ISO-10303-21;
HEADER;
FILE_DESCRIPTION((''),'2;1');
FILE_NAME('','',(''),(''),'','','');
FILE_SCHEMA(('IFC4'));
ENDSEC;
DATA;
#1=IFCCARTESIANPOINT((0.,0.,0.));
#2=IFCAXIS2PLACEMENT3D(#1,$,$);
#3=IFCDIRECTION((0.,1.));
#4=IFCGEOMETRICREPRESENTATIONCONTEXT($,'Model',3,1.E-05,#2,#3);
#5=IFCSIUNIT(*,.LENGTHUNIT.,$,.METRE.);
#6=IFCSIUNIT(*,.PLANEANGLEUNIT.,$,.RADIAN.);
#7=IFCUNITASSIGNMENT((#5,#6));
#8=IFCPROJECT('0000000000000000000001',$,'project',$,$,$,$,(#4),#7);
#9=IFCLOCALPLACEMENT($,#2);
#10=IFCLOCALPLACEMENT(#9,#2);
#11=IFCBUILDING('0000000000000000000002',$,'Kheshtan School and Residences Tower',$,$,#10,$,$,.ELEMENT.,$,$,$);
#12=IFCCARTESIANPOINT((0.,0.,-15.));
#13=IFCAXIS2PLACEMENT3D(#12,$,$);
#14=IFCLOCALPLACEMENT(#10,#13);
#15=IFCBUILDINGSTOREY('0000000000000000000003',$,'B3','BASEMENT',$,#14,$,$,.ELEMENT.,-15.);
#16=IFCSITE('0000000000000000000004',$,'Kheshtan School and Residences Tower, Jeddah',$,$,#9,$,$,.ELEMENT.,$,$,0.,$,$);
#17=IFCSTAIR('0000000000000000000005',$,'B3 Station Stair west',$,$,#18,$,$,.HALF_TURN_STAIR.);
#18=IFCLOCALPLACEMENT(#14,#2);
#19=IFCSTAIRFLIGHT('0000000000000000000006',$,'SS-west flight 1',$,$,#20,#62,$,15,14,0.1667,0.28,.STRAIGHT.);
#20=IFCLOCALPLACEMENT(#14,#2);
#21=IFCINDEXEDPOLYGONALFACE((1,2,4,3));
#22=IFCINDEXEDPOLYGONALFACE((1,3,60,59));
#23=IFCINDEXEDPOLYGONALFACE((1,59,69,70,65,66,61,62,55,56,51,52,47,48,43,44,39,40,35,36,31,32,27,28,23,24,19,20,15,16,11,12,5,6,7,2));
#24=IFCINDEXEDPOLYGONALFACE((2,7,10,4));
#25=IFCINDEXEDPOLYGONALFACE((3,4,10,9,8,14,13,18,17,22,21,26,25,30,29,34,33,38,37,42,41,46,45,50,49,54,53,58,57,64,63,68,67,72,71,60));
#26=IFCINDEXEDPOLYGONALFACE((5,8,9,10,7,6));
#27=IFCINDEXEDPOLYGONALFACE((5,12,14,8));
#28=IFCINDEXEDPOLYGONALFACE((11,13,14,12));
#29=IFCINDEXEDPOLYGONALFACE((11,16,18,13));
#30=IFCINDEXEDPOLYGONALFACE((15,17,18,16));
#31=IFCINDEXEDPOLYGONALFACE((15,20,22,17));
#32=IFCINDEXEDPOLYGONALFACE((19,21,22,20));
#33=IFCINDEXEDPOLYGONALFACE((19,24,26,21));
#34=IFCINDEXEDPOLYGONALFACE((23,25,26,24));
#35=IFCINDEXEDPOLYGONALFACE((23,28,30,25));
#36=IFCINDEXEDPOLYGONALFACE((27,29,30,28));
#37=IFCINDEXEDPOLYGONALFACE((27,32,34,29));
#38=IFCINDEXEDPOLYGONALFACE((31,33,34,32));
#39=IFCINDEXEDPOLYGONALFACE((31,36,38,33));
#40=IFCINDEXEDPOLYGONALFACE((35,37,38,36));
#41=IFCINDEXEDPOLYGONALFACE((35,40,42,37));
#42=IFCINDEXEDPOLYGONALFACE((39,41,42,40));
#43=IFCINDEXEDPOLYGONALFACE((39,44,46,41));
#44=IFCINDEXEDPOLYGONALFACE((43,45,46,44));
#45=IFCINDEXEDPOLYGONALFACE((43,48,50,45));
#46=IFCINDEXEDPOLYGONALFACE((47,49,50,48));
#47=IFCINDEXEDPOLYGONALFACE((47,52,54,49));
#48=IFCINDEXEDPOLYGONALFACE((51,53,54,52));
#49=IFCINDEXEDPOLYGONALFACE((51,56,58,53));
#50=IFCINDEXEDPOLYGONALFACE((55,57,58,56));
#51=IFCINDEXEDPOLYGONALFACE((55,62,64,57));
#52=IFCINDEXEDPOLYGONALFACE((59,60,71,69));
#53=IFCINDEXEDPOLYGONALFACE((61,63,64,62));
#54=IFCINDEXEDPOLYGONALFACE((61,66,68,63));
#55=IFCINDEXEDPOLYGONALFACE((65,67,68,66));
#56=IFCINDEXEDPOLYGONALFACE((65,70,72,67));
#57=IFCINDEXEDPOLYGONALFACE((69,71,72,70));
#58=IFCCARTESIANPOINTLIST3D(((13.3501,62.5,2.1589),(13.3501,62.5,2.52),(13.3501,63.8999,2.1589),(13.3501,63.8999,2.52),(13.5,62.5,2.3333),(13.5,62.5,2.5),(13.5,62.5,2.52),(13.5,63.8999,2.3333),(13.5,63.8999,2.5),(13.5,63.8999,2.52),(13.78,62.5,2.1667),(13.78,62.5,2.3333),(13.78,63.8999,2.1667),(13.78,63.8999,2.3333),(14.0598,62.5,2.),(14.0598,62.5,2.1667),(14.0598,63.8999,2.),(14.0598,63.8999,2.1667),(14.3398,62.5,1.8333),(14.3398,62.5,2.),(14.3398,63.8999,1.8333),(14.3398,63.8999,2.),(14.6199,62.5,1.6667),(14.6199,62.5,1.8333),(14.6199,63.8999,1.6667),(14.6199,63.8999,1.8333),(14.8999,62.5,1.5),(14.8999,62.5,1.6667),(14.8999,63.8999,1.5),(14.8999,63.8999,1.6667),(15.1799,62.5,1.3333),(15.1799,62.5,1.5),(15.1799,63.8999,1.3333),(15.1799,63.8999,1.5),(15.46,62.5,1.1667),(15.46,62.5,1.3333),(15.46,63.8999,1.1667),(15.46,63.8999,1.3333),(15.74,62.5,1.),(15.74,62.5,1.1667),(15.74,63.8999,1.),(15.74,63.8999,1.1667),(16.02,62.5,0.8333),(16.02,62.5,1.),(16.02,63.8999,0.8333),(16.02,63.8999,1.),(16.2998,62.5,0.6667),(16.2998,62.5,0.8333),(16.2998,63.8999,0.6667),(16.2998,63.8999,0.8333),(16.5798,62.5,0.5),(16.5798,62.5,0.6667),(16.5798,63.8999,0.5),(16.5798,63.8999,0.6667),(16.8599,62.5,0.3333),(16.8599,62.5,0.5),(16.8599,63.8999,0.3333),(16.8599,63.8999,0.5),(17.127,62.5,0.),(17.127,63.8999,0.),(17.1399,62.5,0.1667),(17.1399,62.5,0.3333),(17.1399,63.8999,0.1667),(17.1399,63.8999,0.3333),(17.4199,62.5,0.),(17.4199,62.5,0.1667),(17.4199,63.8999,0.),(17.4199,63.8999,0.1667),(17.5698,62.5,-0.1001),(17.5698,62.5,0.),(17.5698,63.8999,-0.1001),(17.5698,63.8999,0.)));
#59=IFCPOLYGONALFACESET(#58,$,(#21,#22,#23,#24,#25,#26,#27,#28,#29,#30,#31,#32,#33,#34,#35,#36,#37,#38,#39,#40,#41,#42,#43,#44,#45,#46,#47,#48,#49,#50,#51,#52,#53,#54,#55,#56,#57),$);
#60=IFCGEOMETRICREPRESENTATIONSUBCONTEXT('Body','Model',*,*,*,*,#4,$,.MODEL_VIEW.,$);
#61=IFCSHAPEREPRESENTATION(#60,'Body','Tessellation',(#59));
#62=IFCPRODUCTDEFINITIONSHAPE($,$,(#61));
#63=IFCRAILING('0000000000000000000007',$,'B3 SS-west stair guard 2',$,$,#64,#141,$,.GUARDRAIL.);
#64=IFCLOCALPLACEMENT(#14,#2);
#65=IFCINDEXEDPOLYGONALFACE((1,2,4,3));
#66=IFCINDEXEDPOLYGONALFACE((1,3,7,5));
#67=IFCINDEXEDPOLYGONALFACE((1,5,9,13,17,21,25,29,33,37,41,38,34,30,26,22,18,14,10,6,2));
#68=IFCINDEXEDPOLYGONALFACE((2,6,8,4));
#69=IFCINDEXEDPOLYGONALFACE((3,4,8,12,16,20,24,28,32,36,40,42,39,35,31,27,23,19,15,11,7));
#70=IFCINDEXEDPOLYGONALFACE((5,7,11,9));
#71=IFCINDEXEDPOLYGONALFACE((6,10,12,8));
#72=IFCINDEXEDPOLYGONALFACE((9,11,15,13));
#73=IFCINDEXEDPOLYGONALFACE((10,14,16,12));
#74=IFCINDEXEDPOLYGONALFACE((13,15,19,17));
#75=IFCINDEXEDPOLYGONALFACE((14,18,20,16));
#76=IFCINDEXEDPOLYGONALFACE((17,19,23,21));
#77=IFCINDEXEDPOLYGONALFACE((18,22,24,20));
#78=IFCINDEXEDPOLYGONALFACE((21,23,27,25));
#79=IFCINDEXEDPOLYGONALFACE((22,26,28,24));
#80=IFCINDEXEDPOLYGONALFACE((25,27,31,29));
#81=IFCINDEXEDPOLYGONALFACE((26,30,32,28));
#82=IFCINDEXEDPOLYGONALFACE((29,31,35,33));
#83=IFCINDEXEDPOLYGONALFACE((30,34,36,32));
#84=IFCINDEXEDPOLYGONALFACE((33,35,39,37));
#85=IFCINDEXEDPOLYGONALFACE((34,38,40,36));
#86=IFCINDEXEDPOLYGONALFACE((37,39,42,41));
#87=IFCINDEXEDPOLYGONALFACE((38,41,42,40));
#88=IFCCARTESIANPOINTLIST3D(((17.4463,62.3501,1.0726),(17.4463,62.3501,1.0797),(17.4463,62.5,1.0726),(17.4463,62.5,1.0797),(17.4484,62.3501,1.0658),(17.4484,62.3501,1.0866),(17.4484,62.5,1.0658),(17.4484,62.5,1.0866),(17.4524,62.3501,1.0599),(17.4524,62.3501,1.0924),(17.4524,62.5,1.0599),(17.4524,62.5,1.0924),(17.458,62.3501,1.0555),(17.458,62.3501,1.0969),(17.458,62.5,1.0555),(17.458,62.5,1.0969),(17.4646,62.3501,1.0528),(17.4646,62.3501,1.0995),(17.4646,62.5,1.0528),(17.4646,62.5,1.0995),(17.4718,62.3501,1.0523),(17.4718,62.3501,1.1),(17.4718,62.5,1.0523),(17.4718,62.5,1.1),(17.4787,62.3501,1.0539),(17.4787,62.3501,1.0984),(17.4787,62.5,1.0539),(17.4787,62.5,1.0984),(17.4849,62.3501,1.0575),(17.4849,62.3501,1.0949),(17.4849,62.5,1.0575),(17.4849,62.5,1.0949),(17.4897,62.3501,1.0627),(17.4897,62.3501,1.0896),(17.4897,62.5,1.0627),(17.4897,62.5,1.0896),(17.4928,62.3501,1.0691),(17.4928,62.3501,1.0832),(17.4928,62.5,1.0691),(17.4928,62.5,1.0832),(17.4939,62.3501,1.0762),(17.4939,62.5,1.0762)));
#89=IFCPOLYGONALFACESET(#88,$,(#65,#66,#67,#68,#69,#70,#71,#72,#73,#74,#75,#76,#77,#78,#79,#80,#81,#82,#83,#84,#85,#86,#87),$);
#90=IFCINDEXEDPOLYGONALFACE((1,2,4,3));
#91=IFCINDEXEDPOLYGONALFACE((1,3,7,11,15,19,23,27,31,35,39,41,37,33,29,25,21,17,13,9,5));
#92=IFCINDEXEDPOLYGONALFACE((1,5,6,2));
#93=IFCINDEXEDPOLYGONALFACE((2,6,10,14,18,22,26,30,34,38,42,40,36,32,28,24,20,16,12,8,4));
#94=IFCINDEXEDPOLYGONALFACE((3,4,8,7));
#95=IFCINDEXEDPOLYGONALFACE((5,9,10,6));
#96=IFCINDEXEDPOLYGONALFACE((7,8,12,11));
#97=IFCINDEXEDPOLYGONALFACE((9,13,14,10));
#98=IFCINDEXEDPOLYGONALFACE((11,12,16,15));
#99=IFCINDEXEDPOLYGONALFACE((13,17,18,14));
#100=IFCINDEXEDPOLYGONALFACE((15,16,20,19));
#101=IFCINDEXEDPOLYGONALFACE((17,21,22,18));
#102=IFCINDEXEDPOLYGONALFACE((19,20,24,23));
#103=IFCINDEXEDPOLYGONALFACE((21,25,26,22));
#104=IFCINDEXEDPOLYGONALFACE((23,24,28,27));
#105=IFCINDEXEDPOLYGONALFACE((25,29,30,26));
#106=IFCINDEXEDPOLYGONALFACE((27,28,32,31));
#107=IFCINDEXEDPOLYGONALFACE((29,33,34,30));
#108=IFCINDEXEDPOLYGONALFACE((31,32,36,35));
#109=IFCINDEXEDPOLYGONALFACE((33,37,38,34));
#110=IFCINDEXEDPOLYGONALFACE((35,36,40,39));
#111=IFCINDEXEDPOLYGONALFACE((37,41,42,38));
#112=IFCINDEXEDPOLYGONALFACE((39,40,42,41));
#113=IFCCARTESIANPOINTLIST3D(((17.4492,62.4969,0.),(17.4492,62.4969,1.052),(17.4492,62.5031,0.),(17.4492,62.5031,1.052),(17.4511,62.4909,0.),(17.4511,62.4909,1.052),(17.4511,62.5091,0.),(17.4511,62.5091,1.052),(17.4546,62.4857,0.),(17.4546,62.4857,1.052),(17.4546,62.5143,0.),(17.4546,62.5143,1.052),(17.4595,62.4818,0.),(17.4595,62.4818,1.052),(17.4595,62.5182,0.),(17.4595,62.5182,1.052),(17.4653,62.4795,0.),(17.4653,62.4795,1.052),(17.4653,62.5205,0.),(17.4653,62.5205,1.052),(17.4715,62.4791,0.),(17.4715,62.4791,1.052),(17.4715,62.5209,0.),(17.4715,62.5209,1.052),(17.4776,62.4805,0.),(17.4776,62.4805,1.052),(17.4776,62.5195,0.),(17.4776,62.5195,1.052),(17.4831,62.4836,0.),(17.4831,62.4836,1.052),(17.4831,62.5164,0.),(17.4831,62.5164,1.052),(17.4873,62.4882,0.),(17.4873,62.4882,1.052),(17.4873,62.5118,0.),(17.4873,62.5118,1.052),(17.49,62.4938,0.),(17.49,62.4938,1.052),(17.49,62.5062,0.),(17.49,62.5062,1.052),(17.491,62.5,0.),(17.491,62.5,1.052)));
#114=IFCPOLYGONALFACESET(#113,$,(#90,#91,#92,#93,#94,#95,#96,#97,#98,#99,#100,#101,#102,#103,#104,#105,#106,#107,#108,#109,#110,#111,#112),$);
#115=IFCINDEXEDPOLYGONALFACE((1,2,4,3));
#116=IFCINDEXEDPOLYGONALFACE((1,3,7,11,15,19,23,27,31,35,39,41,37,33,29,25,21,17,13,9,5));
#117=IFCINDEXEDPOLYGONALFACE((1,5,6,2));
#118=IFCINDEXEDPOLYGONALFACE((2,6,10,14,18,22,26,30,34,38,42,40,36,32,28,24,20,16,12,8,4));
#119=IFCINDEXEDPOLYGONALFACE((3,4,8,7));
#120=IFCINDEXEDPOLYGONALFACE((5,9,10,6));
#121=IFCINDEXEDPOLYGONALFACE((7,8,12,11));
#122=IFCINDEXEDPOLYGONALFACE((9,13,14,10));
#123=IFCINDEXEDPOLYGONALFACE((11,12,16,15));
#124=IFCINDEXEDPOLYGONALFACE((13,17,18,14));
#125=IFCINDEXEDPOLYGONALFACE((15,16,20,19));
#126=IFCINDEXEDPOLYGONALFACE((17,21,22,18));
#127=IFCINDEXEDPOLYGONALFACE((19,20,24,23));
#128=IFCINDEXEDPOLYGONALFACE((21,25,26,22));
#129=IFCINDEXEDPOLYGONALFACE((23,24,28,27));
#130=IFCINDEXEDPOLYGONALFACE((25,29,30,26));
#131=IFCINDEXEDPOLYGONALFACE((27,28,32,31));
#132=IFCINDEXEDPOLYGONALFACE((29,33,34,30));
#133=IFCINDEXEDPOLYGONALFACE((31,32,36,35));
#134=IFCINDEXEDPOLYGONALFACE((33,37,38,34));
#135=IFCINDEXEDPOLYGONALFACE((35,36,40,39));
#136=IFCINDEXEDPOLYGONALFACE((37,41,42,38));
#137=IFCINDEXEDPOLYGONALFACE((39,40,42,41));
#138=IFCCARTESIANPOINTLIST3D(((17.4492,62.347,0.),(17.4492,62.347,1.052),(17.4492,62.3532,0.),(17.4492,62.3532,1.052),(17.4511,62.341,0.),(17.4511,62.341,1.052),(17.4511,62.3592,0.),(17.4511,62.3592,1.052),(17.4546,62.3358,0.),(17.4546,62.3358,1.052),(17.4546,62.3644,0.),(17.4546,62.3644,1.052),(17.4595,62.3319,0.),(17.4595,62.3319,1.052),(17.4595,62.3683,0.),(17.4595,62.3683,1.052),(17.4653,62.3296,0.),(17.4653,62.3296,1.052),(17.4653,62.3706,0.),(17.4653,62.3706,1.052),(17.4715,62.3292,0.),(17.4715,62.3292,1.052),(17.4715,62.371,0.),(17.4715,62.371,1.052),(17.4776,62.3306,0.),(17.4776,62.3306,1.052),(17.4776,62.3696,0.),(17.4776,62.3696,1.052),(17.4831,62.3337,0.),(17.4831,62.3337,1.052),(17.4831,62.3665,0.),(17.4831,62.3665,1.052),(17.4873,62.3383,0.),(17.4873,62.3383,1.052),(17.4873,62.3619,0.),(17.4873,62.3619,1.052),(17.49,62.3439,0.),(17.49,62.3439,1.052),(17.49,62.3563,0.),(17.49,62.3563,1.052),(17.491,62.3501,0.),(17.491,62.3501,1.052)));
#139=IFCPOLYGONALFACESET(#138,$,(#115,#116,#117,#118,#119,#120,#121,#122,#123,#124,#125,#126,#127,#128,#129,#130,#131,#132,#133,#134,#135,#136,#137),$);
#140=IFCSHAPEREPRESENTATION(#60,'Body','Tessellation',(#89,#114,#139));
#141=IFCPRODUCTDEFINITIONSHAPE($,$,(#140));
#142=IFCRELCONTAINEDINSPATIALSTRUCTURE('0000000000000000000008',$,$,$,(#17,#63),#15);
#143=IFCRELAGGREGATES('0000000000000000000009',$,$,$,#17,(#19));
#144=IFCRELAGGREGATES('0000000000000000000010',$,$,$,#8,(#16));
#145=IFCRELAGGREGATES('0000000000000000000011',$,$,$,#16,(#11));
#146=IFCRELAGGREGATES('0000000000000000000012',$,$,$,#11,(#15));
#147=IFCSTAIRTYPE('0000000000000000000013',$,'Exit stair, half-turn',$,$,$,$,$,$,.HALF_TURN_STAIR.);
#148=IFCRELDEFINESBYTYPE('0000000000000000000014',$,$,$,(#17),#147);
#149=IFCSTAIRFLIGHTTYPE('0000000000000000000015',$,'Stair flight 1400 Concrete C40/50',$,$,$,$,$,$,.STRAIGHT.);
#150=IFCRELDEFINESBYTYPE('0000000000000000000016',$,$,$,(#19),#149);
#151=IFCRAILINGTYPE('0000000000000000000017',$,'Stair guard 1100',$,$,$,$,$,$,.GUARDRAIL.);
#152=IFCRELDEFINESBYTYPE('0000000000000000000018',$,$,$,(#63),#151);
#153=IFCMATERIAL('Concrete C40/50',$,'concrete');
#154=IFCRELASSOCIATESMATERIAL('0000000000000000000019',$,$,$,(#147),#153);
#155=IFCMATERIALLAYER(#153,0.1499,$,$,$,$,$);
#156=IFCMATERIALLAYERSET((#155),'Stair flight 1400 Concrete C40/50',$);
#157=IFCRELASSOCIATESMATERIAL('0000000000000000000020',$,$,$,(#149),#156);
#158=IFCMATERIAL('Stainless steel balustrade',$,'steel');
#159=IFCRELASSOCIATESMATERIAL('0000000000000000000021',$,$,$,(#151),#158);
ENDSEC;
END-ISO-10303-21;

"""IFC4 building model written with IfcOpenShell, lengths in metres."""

from ifc_helpers import new_model, si_unit, direction, frame, origin, origin_2d, place, context, subcontext, project, spatial, polyline, circle, outline, extrude, material, layer, layer_set, type_object, element, aggregate, save


model = new_model("IFC4")

# Units and contexts
model_context = context("Model", 3, precision=1e-05, world=origin(), true_north=direction((0.0, 1.0)))
body_context = subcontext(model_context, "Body", "Model", "MODEL_VIEW")
ifc_project = project(units=[si_unit("LENGTHUNIT", "METRE"), si_unit("PLANEANGLEUNIT", "RADIAN")], contexts=[model_context])

# Site, building, storey
site_placement = place(None, origin())
site = spatial("IfcSite", under=ifc_project, at=site_placement, Name="Kheshtan School and Residences Tower, Jeddah", CompositionType="ELEMENT", RefElevation=0.0)
building_placement = place(site_placement, origin())
building = spatial("IfcBuilding", under=site, at=building_placement, Name="Kheshtan School and Residences Tower", CompositionType="ELEMENT")
storey_placement = place(building_placement, frame((0.0, 0.0, -15.0)))
storey = spatial("IfcBuildingStorey", under=building, at=storey_placement, Name="B3", Description="BASEMENT", CompositionType="ELEMENT", Elevation=-15.0)

# Shared definitions
ifc_material_1 = material(Name="Concrete C40/50", Category="concrete")

# Stair, stair flight
stair_type = type_object("IfcStairType", Name="Exit stair, half-turn", PredefinedType="HALF_TURN_STAIR", material=ifc_material_1)
stair_placement = place(storey_placement, origin())
stair = element("IfcStair", 1, at=stair_placement, inside=storey, type_object=stair_type, Name="B3 Station Stair west", PredefinedType="HALF_TURN_STAIR")
ifc_layer_1 = layer(ifc_material_1, 0.1499)
ifc_layer_set_1 = layer_set([ifc_layer_1], Name="Stair flight 1400 Concrete C40/50")
stair_flight_type = type_object("IfcStairFlightType", Name="Stair flight 1400 Concrete C40/50", PredefinedType="STRAIGHT", material=ifc_layer_set_1)
stair_flight_placement = place(storey_placement, frame((17.4199, 63.2, 0.0), z_axis=(0.0, 0.0, 1.0), x_axis=(-1.0, 0.0, 0.0)))
stair_flight = element("IfcStairFlight", 2, at=stair_flight_placement, type_object=stair_flight_type, Name="SS-west flight 1", NumberOfRisers=15, NumberOfTreads=14, PredefinedType="STRAIGHT", RiserHeight=0.1667, TreadLength=0.28, context=body_context, shape_type="SweptSolid", body=[
    extrude(outline(polyline([(-0.1499, -0.1001), (-0.1499, 0.0), (0.0, 0.0), (0.0, 0.1667), (0.28, 0.1667), (0.28, 0.3333), (0.5601, 0.3333), (0.5601, 0.5), (0.8401, 0.5), (0.8401, 0.6667), (1.1201, 0.6667), (1.1201, 0.8333), (1.3999, 0.8333), (1.3999, 1.0), (1.6799, 1.0), (1.6799, 1.1667), (1.96, 1.1667), (1.96, 1.3333), (2.24, 1.3333), (2.24, 1.5), (2.52, 1.5), (2.52, 1.6667), (2.8, 1.6667), (2.8, 1.8333), (3.0801, 1.8333), (3.0801, 2.0), (3.3601, 2.0), (3.3601, 2.1667), (3.6399, 2.1667), (3.6399, 2.3333), (3.9199, 2.3333), (3.9199, 2.5), (3.9199, 2.52), (4.0698, 2.52), (4.0698, 2.1589), (0.293, 0.0), (-0.1499, -0.1001)])), frame((0.0, 0.7, 0.0), z_axis=(0.0, -1.0, 0.0), x_axis=(1.0, 0.0, 0.0)), (0.0, 0.0, 1.0), 1.3999),
])
aggregate(stair, [stair_flight])

# Railing
ifc_material_2 = material(Name="Stainless steel balustrade", Category="steel")
railing_type_1 = type_object("IfcRailingType", Name="Stair guard 1100", PredefinedType="GUARDRAIL", material=ifc_material_2)
railing_1_placement = place(storey_placement, frame((17.47, 62.5, 0.0)))
element("IfcRailing", 3, at=railing_1_placement, inside=storey, type_object=railing_type_1, Name="B3 SS-west stair guard 2", PredefinedType="GUARDRAIL", context=body_context, shape_type="SweptSolid", body=[
    extrude(circle(Radius=0.0239, at=origin_2d()), frame((0.0, 0.0, 1.0762), z_axis=(0.0, -1.0, 0.0), x_axis=(1.0, 0.0, 0.0)), (0.0, 0.0, 1.0), 0.1499),
    extrude(circle(Radius=0.021, at=origin_2d()), origin(), (0.0, 0.0, 1.0), 1.052),
    extrude(circle(Radius=0.021, at=origin_2d()), frame((0.0, -0.1499, 0.0)), (0.0, 0.0, 1.0), 1.052),
])

save(model, "model.ifc")
